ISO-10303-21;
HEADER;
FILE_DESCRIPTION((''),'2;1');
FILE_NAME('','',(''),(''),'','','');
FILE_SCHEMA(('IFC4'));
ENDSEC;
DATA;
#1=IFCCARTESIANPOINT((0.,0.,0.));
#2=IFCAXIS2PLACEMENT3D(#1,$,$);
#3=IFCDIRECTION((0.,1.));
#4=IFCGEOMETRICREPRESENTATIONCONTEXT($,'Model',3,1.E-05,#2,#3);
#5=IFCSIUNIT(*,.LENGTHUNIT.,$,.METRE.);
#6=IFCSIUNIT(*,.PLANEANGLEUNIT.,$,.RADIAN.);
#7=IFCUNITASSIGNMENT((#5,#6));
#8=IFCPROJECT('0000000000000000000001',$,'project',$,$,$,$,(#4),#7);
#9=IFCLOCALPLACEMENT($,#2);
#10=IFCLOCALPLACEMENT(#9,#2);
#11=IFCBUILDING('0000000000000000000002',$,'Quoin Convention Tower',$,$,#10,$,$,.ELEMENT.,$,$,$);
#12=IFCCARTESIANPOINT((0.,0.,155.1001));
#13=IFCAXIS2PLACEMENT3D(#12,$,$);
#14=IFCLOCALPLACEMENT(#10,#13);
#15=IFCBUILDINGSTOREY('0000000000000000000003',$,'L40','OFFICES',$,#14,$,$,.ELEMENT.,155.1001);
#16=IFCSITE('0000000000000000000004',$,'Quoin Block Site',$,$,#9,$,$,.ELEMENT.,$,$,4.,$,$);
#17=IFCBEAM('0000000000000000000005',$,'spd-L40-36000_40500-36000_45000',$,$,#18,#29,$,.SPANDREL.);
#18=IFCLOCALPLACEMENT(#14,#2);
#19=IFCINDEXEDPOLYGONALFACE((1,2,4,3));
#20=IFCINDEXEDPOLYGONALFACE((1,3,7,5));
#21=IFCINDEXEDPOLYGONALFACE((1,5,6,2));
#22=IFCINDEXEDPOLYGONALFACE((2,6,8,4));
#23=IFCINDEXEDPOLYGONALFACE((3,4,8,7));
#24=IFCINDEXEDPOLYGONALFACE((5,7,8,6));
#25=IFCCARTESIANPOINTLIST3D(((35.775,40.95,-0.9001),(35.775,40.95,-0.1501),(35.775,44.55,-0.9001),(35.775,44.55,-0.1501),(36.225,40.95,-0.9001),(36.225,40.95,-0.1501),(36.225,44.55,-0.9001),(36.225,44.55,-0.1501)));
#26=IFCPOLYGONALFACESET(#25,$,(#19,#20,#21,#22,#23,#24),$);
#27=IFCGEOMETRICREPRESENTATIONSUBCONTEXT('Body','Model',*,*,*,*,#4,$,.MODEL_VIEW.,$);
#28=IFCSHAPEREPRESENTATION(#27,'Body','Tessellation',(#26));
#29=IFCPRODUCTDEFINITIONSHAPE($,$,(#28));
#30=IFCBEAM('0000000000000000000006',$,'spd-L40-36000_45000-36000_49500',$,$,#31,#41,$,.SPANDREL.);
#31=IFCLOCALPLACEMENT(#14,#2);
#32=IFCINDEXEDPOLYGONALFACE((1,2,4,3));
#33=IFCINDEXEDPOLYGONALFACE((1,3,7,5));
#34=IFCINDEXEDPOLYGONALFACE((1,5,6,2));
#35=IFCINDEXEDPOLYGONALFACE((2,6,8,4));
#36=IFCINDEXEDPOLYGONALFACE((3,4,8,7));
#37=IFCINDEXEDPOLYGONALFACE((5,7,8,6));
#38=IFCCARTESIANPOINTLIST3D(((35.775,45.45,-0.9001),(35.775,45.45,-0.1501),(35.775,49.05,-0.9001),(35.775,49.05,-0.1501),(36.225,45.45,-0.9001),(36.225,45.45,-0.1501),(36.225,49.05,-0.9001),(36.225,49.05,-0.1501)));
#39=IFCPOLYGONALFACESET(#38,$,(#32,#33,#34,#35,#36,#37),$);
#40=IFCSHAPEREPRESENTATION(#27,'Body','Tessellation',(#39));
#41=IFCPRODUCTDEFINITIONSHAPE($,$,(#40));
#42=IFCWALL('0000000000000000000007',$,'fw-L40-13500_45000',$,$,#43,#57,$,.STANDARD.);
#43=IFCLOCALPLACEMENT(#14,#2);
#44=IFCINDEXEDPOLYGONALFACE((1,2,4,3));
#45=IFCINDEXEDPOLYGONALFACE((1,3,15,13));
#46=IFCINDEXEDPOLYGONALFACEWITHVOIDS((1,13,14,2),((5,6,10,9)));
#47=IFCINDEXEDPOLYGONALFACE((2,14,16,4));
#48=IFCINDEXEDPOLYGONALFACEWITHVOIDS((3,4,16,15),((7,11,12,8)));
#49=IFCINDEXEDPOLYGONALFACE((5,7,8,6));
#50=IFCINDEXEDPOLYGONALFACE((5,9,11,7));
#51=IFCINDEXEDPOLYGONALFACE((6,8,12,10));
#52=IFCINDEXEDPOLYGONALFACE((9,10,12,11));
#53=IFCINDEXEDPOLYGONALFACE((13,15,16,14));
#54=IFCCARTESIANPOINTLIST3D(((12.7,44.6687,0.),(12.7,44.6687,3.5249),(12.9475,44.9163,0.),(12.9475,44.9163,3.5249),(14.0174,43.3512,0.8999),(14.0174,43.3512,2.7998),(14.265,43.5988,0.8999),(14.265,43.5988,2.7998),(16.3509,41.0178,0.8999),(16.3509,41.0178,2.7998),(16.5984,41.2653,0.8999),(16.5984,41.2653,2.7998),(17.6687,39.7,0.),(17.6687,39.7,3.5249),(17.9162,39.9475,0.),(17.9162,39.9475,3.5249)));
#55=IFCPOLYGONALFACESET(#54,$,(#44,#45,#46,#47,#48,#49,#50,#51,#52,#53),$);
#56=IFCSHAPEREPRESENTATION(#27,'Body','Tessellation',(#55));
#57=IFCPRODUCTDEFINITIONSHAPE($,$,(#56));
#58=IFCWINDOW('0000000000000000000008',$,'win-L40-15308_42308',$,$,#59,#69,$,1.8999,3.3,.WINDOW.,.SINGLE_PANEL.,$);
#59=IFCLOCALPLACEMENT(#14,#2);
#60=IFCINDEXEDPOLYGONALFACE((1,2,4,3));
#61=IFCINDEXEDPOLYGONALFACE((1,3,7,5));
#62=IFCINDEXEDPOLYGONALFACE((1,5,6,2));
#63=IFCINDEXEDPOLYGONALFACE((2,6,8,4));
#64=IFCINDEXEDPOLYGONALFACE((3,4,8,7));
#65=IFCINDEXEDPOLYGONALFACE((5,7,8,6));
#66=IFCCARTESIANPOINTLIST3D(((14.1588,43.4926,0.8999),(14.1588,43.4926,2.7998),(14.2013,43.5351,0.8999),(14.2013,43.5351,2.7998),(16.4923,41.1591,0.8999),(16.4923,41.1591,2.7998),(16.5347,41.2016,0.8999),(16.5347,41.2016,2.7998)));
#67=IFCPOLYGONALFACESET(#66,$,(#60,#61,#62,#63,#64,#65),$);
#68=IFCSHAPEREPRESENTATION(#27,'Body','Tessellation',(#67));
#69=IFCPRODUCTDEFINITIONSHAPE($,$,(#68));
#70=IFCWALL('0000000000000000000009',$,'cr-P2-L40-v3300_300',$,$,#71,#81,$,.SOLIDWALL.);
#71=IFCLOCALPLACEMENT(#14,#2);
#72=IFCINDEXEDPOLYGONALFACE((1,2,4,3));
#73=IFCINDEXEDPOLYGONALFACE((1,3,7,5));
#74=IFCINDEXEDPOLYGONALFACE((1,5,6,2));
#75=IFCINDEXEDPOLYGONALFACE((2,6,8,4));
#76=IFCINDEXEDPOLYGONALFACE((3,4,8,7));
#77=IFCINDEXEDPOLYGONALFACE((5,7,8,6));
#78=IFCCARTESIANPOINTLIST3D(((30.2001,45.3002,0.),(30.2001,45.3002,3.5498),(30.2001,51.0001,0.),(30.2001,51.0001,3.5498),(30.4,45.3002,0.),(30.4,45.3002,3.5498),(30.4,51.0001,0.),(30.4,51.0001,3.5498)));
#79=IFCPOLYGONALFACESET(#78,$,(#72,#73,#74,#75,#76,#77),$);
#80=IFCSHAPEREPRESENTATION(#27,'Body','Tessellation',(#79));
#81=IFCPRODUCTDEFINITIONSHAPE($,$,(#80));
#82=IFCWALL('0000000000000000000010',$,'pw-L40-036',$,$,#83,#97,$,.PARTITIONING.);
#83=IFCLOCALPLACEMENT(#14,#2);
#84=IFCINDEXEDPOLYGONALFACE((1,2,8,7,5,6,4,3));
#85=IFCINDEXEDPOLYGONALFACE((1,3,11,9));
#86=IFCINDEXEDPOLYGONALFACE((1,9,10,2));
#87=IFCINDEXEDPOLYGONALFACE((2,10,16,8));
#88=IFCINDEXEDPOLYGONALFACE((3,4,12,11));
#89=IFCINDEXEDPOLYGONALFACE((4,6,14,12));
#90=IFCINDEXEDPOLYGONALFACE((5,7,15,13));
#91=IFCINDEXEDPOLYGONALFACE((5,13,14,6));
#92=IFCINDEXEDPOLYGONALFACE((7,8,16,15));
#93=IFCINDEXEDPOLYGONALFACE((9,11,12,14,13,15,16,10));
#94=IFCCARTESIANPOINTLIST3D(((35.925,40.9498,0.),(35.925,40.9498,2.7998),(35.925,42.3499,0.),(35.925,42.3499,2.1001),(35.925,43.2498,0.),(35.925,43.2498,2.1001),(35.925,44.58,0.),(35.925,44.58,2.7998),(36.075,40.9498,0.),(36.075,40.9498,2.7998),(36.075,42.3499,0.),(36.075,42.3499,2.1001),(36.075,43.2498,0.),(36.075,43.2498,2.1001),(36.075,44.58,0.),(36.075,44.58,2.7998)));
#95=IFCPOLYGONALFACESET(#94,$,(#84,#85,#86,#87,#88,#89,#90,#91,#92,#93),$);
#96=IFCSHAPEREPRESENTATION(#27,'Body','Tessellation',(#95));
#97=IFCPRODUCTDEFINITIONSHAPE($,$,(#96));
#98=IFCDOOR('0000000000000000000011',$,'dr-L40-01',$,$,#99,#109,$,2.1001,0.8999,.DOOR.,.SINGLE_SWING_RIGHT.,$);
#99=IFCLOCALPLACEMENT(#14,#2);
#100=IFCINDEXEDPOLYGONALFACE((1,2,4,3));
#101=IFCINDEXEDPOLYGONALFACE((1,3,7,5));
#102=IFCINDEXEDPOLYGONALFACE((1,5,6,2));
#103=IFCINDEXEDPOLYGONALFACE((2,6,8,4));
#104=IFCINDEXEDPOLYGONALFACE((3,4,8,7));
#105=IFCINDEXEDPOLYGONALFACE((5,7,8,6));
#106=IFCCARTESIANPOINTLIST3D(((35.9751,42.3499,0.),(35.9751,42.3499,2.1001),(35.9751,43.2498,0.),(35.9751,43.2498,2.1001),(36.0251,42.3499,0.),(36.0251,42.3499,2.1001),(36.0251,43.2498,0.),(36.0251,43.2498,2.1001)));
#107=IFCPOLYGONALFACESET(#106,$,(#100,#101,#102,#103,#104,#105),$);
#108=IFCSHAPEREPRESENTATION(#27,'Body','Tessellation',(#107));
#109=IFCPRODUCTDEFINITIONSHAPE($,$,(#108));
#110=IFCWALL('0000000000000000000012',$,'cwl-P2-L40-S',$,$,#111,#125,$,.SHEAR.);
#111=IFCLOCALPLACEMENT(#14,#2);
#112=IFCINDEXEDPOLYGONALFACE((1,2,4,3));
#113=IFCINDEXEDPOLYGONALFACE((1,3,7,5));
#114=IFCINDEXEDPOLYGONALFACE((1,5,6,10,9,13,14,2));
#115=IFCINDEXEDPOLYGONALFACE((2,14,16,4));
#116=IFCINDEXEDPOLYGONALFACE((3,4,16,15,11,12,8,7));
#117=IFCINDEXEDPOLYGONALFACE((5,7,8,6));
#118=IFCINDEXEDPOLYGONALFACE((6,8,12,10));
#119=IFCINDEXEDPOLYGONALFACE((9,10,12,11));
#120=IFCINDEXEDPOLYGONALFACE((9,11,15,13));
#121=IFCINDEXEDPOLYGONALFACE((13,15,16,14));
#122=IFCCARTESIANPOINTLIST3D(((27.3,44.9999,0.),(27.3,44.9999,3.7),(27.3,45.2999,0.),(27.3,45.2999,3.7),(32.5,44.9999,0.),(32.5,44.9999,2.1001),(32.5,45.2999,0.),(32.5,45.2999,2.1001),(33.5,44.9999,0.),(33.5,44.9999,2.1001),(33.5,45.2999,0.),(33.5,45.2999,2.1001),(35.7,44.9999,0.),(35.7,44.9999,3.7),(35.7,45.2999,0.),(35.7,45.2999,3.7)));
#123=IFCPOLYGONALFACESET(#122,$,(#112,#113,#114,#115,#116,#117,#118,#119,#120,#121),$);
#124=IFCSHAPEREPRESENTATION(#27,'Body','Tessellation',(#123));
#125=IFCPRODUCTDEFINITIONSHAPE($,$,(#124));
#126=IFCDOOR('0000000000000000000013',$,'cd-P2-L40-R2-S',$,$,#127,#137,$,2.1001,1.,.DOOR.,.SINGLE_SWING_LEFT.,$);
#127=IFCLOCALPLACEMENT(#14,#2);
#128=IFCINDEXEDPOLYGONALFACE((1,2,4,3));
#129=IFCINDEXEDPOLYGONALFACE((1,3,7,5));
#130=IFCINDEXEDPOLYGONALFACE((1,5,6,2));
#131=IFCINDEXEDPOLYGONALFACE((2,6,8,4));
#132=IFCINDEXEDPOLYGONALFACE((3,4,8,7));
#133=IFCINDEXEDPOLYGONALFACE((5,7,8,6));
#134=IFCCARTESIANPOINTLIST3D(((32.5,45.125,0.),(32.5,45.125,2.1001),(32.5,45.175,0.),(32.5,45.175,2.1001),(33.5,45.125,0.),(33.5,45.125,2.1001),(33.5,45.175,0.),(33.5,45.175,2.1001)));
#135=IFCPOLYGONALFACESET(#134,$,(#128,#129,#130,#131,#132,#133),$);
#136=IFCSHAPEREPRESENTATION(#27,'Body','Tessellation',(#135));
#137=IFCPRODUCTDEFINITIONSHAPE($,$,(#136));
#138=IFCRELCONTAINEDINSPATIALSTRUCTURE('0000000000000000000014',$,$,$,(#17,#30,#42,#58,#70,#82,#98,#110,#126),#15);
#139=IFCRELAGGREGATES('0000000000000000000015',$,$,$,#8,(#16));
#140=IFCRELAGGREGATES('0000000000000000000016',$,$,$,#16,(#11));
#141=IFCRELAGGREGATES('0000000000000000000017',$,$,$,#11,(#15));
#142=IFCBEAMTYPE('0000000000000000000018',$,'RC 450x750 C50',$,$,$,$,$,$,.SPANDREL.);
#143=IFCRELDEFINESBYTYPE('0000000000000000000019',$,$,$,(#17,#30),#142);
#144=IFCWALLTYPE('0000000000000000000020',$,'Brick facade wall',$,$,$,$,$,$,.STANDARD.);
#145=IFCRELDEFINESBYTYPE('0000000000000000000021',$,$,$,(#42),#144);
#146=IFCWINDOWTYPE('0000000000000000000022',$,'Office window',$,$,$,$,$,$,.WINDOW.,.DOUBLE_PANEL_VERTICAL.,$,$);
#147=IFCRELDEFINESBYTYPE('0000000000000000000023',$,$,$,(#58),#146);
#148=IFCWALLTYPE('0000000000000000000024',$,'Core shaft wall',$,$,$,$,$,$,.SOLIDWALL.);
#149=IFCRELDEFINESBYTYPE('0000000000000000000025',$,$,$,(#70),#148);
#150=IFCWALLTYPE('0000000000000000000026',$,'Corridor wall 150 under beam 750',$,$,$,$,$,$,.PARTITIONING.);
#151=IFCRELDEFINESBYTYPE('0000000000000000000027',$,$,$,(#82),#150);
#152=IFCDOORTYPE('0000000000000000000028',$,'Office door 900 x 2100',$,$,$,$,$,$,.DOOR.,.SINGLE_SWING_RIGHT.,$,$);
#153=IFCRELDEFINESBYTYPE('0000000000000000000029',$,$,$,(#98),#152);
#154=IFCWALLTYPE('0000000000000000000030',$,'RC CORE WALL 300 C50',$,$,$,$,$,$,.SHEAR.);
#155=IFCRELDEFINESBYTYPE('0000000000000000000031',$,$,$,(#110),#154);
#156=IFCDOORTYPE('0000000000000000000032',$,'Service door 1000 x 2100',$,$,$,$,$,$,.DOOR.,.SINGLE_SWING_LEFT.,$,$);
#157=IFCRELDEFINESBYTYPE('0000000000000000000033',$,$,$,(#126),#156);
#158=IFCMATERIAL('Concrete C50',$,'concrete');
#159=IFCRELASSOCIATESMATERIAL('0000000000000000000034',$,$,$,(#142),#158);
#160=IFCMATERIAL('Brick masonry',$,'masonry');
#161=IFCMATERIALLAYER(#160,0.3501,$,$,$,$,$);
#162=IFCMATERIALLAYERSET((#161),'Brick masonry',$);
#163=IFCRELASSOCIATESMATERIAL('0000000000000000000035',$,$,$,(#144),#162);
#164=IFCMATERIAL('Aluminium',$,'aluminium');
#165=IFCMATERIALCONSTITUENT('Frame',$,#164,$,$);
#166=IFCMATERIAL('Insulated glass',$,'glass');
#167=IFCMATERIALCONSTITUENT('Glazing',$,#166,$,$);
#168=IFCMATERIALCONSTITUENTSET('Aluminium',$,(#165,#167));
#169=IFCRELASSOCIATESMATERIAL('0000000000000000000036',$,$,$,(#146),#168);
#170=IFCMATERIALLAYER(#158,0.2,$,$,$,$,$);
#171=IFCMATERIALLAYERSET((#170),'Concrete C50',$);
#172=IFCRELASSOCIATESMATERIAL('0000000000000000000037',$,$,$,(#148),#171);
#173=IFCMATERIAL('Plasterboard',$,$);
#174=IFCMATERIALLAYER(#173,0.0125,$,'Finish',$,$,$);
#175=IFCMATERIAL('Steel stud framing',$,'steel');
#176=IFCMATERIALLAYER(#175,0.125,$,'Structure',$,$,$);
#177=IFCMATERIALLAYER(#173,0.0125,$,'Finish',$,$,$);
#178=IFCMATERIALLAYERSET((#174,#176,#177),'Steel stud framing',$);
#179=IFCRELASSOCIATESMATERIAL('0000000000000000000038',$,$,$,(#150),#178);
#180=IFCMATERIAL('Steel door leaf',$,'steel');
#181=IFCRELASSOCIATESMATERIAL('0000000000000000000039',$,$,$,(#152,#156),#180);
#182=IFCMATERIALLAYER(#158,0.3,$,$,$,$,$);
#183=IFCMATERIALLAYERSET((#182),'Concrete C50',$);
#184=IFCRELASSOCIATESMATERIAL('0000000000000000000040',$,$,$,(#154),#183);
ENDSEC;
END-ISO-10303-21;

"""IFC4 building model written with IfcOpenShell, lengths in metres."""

from ifc_helpers import new_model, si_unit, direction, frame, frame_2d, origin, origin_2d, place, context, subcontext, project, spatial, rectangle, extrude, material, layer, layer_set, constituent, constituent_set, material_profile, profile_set, type_object, element, fill, save


model = new_model("IFC4")

# Units and contexts
model_context = context("Model", 3, precision=1e-05, world=origin(), true_north=direction((0.0, 1.0)))
body_context = subcontext(model_context, "Body", "Model", "MODEL_VIEW")
ifc_project = project(units=[si_unit("LENGTHUNIT", "METRE"), si_unit("PLANEANGLEUNIT", "RADIAN")], contexts=[model_context])

# Site, building, storey
site_placement = place(None, origin())
site = spatial("IfcSite", under=ifc_project, at=site_placement, Name="Quoin Block Site", CompositionType="ELEMENT", RefElevation=4.0)
building_placement = place(site_placement, origin())
building = spatial("IfcBuilding", under=site, at=building_placement, Name="Quoin Convention Tower", CompositionType="ELEMENT")
storey_placement = place(building_placement, frame((0.0, 0.0, 155.1001)))
storey = spatial("IfcBuildingStorey", under=building, at=storey_placement, Name="L40", Description="OFFICES", CompositionType="ELEMENT", Elevation=155.1001)

# Shared definitions
ifc_material_1 = material(Name="Concrete C50", Category="concrete")

# Beams
ifc_material_profile_1 = material_profile(ifc_material_1, rectangle(XDim=0.45, YDim=0.75, at=origin_2d()), Name="RC 450x750")
ifc_profile_set_1 = profile_set([ifc_material_profile_1], Name="Concrete C50")
beam_type_1 = type_object("IfcBeamType", Name="RC 450x750 C50", PredefinedType="SPANDREL", material=ifc_profile_set_1)
for number, where, z_axis, x_axis, name in (
    (1, (36.0, 40.95, -0.5251), (0.0, 1.0, 0.0), (-1.0, 0.0, 0.0), "spd-L40-36000_40500-36000_45000"),
    (2, (36.0, 45.45, -0.5251), (0.0, 1.0, 0.0), (-1.0, 0.0, 0.0), "spd-L40-36000_45000-36000_49500"),
):
    element("IfcBeam", number, at=place(storey_placement, frame(where, z_axis=z_axis, x_axis=x_axis)), inside=storey, type_object=beam_type_1, Name=name, PredefinedType="SPANDREL", context=body_context, shape_type="SweptSolid", body=[
        extrude(rectangle(XDim=0.45, YDim=0.75, at=origin_2d()), origin(), (0.0, 0.0, 1.0), 3.6001),
    ])

# Wall, opening, window
ifc_material_2 = material(Name="Brick masonry", Category="masonry")
ifc_layer_1 = layer(ifc_material_2, 0.3501)
ifc_layer_set_1 = layer_set([ifc_layer_1], Name="Brick masonry")
wall_type_1 = type_object("IfcWallType", Name="Brick facade wall", PredefinedType="STANDARD", material=ifc_layer_set_1)
wall_1_placement = place(storey_placement, frame((12.8237, 44.7925, 0.0), z_axis=(0.0, 0.0, 1.0), x_axis=(0.707107, -0.707107, 0.0)))
wall_1 = element("IfcWall", 3, at=wall_1_placement, inside=storey, type_object=wall_type_1, Name="fw-L40-13500_45000", PredefinedType="STANDARD", context=body_context, shape_type="SweptSolid", body=[
    extrude(rectangle(XDim=7.0269, YDim=0.3501, at=frame_2d((3.5134, 0.0))), origin(), (0.0, 0.0, 1.0), 3.5249),
])
opening_1_placement = place(wall_1_placement, frame((1.8633, 0.0, 0.8999)))
opening_1 = element("IfcOpeningElement", 4, at=opening_1_placement, cuts=wall_1, PredefinedType="OPENING", context=body_context, shape_type="SweptSolid", body=[
    extrude(rectangle(XDim=3.3, YDim=1.8999, at=frame_2d((1.6499, 0.95))), frame((0.0, 0.1851, 0.0), z_axis=(0.0, -1.0, 0.0), x_axis=(1.0, 0.0, 0.0)), (0.0, 0.0, 1.0), 0.3701),
])
ifc_material_3 = material(Name="Aluminium", Category="aluminium")
ifc_constituent_1 = constituent(ifc_material_3, Name="Frame")
ifc_material_4 = material(Name="Insulated glass", Category="glass")
ifc_constituent_2 = constituent(ifc_material_4, Name="Glazing")
ifc_constituent_set = constituent_set(constituents=[ifc_constituent_1, ifc_constituent_2], Name="Aluminium")
window_type = type_object("IfcWindowType", Name="Office window", PartitioningType="DOUBLE_PANEL_VERTICAL", PredefinedType="WINDOW", material=ifc_constituent_set)
window_placement = place(opening_1_placement, origin())
window = element("IfcWindow", 5, at=window_placement, inside=storey, type_object=window_type, Name="win-L40-15308_42308", OverallHeight=1.8999, OverallWidth=3.3, PartitioningType="SINGLE_PANEL", PredefinedType="WINDOW", context=body_context, shape_type="SweptSolid", body=[
    extrude(rectangle(XDim=3.3, YDim=1.8999, at=frame_2d((1.6499, 0.95))), frame((0.0, 0.085, 0.0), z_axis=(0.0, -1.0, 0.0), x_axis=(1.0, 0.0, 0.0)), (0.0, 0.0, 1.0), 0.0601),
])
fill(opening_1, window)

# Wall
ifc_layer_2 = layer(ifc_material_1, 0.2)
ifc_layer_set_2 = layer_set([ifc_layer_2], Name="Concrete C50")
wall_type_2 = type_object("IfcWallType", Name="Core shaft wall", PredefinedType="SOLIDWALL", material=ifc_layer_set_2)
wall_2_placement = place(storey_placement, frame((30.3, 45.3, 0.0), z_axis=(0.0, 0.0, 1.0), x_axis=(0.0, 1.0, 0.0)))
element("IfcWall", 6, at=wall_2_placement, inside=storey, type_object=wall_type_2, Name="cr-P2-L40-v3300_300", PredefinedType="SOLIDWALL", context=body_context, shape_type="SweptSolid", body=[
    extrude(rectangle(XDim=5.7, YDim=0.2, at=frame_2d((2.8501, 0.0))), origin(), (0.0, 0.0, 1.0), 3.5498),
])

# Walls, openings, doors
ifc_material_5 = material(Name="Plasterboard")
ifc_layer_3 = layer(ifc_material_5, 0.0125, Name="Finish")
ifc_material_6 = material(Name="Steel stud framing", Category="steel")
ifc_layer_4 = layer(ifc_material_6, 0.125, Name="Structure")
ifc_layer_5 = layer(ifc_material_5, 0.0125, Name="Finish")
ifc_layer_set_3 = layer_set([ifc_layer_3, ifc_layer_4, ifc_layer_5], Name="Steel stud framing")
wall_type_3 = type_object("IfcWallType", Name="Corridor wall 150 under beam 750", PredefinedType="PARTITIONING", material=ifc_layer_set_3)
wall_3_placement = place(storey_placement, frame((36.0, 40.95, 0.0), z_axis=(0.0, 0.0, 1.0), x_axis=(0.0, 1.0, 0.0)))
wall_3 = element("IfcWall", 7, at=wall_3_placement, inside=storey, type_object=wall_type_3, Name="pw-L40-036", PredefinedType="PARTITIONING", context=body_context, shape_type="SweptSolid", body=[
    extrude(rectangle(XDim=3.6301, YDim=0.1499, at=frame_2d((1.8149, 0.0))), origin(), (0.0, 0.0, 1.0), 2.7998),
])
opening_2_placement = place(wall_3_placement, frame((1.3999, 0.0, 0.0)))
opening_2 = element("IfcOpeningElement", 8, at=opening_2_placement, cuts=wall_3, PredefinedType="OPENING", context=body_context, shape_type="SweptSolid", body=[
    extrude(rectangle(XDim=0.8999, YDim=2.1001, at=frame_2d((0.45, 1.05))), frame((0.0, 0.085, 0.0), z_axis=(0.0, -1.0, 0.0), x_axis=(1.0, 0.0, 0.0)), (0.0, 0.0, 1.0), 0.1699),
])
ifc_material_7 = material(Name="Steel door leaf", Category="steel")
door_type_1 = type_object("IfcDoorType", Name="Office door 900 x 2100", OperationType="SINGLE_SWING_RIGHT", PredefinedType="DOOR", material=ifc_material_7)
door_1_placement = place(opening_2_placement, origin())
door_1 = element("IfcDoor", 9, at=door_1_placement, inside=storey, type_object=door_type_1, Name="dr-L40-01", OperationType="SINGLE_SWING_RIGHT", OverallHeight=2.1001, OverallWidth=0.8999, PredefinedType="DOOR", context=body_context, shape_type="SweptSolid", body=[
    extrude(rectangle(XDim=0.8999, YDim=2.1001, at=frame_2d((0.45, 1.05))), frame((0.0, 0.0249, 0.0), z_axis=(0.0, -1.0, 0.0), x_axis=(1.0, 0.0, 0.0)), (0.0, 0.0, 1.0), 0.05),
])
fill(opening_2, door_1)
ifc_layer_6 = layer(ifc_material_1, 0.3)
ifc_layer_set_4 = layer_set([ifc_layer_6], Name="Concrete C50")
wall_type_4 = type_object("IfcWallType", Name="RC CORE WALL 300 C50", PredefinedType="SHEAR", material=ifc_layer_set_4)
wall_4_placement = place(storey_placement, frame((27.3, 45.1499, 0.0), z_axis=(0.0, 0.0, 1.0), x_axis=(1.0, 0.0, 0.0)))
wall_4 = element("IfcWall", 10, at=wall_4_placement, inside=storey, type_object=wall_type_4, Name="cwl-P2-L40-S", PredefinedType="SHEAR", context=body_context, shape_type="SweptSolid", body=[
    extrude(rectangle(XDim=8.3999, YDim=0.3, at=frame_2d((4.2, 0.0))), origin(), (0.0, 0.0, 1.0), 3.7),
])
opening_3_placement = place(wall_4_placement, frame((5.2, 0.0, 0.0)))
opening_3 = element("IfcOpeningElement", 11, at=opening_3_placement, cuts=wall_4, PredefinedType="OPENING", context=body_context, shape_type="SweptSolid", body=[
    extrude(rectangle(XDim=1.0, YDim=2.1001, at=frame_2d((0.5, 1.05))), frame((0.0, 0.1599, 0.0), z_axis=(0.0, -1.0, 0.0), x_axis=(1.0, 0.0, 0.0)), (0.0, 0.0, 1.0), 0.3201),
])
door_type_2 = type_object("IfcDoorType", Name="Service door 1000 x 2100", OperationType="SINGLE_SWING_LEFT", PredefinedType="DOOR", material=ifc_material_7)
door_2_placement = place(opening_3_placement, frame((1.0, 0.0, 0.0), z_axis=(0.0, 0.0, 1.0), x_axis=(-1.0, 0.0, 0.0)))
door_2 = element("IfcDoor", 12, at=door_2_placement, inside=storey, type_object=door_type_2, Name="cd-P2-L40-R2-S", OperationType="SINGLE_SWING_LEFT", OverallHeight=2.1001, OverallWidth=1.0, PredefinedType="DOOR", context=body_context, shape_type="SweptSolid", body=[
    extrude(rectangle(XDim=1.0, YDim=2.1001, at=frame_2d((0.5, 1.05))), frame((0.0, 0.0249, 0.0), z_axis=(0.0, -1.0, 0.0), x_axis=(1.0, 0.0, 0.0)), (0.0, 0.0, 1.0), 0.05),
])
fill(opening_3, door_2)

save(model, "model.ifc")
